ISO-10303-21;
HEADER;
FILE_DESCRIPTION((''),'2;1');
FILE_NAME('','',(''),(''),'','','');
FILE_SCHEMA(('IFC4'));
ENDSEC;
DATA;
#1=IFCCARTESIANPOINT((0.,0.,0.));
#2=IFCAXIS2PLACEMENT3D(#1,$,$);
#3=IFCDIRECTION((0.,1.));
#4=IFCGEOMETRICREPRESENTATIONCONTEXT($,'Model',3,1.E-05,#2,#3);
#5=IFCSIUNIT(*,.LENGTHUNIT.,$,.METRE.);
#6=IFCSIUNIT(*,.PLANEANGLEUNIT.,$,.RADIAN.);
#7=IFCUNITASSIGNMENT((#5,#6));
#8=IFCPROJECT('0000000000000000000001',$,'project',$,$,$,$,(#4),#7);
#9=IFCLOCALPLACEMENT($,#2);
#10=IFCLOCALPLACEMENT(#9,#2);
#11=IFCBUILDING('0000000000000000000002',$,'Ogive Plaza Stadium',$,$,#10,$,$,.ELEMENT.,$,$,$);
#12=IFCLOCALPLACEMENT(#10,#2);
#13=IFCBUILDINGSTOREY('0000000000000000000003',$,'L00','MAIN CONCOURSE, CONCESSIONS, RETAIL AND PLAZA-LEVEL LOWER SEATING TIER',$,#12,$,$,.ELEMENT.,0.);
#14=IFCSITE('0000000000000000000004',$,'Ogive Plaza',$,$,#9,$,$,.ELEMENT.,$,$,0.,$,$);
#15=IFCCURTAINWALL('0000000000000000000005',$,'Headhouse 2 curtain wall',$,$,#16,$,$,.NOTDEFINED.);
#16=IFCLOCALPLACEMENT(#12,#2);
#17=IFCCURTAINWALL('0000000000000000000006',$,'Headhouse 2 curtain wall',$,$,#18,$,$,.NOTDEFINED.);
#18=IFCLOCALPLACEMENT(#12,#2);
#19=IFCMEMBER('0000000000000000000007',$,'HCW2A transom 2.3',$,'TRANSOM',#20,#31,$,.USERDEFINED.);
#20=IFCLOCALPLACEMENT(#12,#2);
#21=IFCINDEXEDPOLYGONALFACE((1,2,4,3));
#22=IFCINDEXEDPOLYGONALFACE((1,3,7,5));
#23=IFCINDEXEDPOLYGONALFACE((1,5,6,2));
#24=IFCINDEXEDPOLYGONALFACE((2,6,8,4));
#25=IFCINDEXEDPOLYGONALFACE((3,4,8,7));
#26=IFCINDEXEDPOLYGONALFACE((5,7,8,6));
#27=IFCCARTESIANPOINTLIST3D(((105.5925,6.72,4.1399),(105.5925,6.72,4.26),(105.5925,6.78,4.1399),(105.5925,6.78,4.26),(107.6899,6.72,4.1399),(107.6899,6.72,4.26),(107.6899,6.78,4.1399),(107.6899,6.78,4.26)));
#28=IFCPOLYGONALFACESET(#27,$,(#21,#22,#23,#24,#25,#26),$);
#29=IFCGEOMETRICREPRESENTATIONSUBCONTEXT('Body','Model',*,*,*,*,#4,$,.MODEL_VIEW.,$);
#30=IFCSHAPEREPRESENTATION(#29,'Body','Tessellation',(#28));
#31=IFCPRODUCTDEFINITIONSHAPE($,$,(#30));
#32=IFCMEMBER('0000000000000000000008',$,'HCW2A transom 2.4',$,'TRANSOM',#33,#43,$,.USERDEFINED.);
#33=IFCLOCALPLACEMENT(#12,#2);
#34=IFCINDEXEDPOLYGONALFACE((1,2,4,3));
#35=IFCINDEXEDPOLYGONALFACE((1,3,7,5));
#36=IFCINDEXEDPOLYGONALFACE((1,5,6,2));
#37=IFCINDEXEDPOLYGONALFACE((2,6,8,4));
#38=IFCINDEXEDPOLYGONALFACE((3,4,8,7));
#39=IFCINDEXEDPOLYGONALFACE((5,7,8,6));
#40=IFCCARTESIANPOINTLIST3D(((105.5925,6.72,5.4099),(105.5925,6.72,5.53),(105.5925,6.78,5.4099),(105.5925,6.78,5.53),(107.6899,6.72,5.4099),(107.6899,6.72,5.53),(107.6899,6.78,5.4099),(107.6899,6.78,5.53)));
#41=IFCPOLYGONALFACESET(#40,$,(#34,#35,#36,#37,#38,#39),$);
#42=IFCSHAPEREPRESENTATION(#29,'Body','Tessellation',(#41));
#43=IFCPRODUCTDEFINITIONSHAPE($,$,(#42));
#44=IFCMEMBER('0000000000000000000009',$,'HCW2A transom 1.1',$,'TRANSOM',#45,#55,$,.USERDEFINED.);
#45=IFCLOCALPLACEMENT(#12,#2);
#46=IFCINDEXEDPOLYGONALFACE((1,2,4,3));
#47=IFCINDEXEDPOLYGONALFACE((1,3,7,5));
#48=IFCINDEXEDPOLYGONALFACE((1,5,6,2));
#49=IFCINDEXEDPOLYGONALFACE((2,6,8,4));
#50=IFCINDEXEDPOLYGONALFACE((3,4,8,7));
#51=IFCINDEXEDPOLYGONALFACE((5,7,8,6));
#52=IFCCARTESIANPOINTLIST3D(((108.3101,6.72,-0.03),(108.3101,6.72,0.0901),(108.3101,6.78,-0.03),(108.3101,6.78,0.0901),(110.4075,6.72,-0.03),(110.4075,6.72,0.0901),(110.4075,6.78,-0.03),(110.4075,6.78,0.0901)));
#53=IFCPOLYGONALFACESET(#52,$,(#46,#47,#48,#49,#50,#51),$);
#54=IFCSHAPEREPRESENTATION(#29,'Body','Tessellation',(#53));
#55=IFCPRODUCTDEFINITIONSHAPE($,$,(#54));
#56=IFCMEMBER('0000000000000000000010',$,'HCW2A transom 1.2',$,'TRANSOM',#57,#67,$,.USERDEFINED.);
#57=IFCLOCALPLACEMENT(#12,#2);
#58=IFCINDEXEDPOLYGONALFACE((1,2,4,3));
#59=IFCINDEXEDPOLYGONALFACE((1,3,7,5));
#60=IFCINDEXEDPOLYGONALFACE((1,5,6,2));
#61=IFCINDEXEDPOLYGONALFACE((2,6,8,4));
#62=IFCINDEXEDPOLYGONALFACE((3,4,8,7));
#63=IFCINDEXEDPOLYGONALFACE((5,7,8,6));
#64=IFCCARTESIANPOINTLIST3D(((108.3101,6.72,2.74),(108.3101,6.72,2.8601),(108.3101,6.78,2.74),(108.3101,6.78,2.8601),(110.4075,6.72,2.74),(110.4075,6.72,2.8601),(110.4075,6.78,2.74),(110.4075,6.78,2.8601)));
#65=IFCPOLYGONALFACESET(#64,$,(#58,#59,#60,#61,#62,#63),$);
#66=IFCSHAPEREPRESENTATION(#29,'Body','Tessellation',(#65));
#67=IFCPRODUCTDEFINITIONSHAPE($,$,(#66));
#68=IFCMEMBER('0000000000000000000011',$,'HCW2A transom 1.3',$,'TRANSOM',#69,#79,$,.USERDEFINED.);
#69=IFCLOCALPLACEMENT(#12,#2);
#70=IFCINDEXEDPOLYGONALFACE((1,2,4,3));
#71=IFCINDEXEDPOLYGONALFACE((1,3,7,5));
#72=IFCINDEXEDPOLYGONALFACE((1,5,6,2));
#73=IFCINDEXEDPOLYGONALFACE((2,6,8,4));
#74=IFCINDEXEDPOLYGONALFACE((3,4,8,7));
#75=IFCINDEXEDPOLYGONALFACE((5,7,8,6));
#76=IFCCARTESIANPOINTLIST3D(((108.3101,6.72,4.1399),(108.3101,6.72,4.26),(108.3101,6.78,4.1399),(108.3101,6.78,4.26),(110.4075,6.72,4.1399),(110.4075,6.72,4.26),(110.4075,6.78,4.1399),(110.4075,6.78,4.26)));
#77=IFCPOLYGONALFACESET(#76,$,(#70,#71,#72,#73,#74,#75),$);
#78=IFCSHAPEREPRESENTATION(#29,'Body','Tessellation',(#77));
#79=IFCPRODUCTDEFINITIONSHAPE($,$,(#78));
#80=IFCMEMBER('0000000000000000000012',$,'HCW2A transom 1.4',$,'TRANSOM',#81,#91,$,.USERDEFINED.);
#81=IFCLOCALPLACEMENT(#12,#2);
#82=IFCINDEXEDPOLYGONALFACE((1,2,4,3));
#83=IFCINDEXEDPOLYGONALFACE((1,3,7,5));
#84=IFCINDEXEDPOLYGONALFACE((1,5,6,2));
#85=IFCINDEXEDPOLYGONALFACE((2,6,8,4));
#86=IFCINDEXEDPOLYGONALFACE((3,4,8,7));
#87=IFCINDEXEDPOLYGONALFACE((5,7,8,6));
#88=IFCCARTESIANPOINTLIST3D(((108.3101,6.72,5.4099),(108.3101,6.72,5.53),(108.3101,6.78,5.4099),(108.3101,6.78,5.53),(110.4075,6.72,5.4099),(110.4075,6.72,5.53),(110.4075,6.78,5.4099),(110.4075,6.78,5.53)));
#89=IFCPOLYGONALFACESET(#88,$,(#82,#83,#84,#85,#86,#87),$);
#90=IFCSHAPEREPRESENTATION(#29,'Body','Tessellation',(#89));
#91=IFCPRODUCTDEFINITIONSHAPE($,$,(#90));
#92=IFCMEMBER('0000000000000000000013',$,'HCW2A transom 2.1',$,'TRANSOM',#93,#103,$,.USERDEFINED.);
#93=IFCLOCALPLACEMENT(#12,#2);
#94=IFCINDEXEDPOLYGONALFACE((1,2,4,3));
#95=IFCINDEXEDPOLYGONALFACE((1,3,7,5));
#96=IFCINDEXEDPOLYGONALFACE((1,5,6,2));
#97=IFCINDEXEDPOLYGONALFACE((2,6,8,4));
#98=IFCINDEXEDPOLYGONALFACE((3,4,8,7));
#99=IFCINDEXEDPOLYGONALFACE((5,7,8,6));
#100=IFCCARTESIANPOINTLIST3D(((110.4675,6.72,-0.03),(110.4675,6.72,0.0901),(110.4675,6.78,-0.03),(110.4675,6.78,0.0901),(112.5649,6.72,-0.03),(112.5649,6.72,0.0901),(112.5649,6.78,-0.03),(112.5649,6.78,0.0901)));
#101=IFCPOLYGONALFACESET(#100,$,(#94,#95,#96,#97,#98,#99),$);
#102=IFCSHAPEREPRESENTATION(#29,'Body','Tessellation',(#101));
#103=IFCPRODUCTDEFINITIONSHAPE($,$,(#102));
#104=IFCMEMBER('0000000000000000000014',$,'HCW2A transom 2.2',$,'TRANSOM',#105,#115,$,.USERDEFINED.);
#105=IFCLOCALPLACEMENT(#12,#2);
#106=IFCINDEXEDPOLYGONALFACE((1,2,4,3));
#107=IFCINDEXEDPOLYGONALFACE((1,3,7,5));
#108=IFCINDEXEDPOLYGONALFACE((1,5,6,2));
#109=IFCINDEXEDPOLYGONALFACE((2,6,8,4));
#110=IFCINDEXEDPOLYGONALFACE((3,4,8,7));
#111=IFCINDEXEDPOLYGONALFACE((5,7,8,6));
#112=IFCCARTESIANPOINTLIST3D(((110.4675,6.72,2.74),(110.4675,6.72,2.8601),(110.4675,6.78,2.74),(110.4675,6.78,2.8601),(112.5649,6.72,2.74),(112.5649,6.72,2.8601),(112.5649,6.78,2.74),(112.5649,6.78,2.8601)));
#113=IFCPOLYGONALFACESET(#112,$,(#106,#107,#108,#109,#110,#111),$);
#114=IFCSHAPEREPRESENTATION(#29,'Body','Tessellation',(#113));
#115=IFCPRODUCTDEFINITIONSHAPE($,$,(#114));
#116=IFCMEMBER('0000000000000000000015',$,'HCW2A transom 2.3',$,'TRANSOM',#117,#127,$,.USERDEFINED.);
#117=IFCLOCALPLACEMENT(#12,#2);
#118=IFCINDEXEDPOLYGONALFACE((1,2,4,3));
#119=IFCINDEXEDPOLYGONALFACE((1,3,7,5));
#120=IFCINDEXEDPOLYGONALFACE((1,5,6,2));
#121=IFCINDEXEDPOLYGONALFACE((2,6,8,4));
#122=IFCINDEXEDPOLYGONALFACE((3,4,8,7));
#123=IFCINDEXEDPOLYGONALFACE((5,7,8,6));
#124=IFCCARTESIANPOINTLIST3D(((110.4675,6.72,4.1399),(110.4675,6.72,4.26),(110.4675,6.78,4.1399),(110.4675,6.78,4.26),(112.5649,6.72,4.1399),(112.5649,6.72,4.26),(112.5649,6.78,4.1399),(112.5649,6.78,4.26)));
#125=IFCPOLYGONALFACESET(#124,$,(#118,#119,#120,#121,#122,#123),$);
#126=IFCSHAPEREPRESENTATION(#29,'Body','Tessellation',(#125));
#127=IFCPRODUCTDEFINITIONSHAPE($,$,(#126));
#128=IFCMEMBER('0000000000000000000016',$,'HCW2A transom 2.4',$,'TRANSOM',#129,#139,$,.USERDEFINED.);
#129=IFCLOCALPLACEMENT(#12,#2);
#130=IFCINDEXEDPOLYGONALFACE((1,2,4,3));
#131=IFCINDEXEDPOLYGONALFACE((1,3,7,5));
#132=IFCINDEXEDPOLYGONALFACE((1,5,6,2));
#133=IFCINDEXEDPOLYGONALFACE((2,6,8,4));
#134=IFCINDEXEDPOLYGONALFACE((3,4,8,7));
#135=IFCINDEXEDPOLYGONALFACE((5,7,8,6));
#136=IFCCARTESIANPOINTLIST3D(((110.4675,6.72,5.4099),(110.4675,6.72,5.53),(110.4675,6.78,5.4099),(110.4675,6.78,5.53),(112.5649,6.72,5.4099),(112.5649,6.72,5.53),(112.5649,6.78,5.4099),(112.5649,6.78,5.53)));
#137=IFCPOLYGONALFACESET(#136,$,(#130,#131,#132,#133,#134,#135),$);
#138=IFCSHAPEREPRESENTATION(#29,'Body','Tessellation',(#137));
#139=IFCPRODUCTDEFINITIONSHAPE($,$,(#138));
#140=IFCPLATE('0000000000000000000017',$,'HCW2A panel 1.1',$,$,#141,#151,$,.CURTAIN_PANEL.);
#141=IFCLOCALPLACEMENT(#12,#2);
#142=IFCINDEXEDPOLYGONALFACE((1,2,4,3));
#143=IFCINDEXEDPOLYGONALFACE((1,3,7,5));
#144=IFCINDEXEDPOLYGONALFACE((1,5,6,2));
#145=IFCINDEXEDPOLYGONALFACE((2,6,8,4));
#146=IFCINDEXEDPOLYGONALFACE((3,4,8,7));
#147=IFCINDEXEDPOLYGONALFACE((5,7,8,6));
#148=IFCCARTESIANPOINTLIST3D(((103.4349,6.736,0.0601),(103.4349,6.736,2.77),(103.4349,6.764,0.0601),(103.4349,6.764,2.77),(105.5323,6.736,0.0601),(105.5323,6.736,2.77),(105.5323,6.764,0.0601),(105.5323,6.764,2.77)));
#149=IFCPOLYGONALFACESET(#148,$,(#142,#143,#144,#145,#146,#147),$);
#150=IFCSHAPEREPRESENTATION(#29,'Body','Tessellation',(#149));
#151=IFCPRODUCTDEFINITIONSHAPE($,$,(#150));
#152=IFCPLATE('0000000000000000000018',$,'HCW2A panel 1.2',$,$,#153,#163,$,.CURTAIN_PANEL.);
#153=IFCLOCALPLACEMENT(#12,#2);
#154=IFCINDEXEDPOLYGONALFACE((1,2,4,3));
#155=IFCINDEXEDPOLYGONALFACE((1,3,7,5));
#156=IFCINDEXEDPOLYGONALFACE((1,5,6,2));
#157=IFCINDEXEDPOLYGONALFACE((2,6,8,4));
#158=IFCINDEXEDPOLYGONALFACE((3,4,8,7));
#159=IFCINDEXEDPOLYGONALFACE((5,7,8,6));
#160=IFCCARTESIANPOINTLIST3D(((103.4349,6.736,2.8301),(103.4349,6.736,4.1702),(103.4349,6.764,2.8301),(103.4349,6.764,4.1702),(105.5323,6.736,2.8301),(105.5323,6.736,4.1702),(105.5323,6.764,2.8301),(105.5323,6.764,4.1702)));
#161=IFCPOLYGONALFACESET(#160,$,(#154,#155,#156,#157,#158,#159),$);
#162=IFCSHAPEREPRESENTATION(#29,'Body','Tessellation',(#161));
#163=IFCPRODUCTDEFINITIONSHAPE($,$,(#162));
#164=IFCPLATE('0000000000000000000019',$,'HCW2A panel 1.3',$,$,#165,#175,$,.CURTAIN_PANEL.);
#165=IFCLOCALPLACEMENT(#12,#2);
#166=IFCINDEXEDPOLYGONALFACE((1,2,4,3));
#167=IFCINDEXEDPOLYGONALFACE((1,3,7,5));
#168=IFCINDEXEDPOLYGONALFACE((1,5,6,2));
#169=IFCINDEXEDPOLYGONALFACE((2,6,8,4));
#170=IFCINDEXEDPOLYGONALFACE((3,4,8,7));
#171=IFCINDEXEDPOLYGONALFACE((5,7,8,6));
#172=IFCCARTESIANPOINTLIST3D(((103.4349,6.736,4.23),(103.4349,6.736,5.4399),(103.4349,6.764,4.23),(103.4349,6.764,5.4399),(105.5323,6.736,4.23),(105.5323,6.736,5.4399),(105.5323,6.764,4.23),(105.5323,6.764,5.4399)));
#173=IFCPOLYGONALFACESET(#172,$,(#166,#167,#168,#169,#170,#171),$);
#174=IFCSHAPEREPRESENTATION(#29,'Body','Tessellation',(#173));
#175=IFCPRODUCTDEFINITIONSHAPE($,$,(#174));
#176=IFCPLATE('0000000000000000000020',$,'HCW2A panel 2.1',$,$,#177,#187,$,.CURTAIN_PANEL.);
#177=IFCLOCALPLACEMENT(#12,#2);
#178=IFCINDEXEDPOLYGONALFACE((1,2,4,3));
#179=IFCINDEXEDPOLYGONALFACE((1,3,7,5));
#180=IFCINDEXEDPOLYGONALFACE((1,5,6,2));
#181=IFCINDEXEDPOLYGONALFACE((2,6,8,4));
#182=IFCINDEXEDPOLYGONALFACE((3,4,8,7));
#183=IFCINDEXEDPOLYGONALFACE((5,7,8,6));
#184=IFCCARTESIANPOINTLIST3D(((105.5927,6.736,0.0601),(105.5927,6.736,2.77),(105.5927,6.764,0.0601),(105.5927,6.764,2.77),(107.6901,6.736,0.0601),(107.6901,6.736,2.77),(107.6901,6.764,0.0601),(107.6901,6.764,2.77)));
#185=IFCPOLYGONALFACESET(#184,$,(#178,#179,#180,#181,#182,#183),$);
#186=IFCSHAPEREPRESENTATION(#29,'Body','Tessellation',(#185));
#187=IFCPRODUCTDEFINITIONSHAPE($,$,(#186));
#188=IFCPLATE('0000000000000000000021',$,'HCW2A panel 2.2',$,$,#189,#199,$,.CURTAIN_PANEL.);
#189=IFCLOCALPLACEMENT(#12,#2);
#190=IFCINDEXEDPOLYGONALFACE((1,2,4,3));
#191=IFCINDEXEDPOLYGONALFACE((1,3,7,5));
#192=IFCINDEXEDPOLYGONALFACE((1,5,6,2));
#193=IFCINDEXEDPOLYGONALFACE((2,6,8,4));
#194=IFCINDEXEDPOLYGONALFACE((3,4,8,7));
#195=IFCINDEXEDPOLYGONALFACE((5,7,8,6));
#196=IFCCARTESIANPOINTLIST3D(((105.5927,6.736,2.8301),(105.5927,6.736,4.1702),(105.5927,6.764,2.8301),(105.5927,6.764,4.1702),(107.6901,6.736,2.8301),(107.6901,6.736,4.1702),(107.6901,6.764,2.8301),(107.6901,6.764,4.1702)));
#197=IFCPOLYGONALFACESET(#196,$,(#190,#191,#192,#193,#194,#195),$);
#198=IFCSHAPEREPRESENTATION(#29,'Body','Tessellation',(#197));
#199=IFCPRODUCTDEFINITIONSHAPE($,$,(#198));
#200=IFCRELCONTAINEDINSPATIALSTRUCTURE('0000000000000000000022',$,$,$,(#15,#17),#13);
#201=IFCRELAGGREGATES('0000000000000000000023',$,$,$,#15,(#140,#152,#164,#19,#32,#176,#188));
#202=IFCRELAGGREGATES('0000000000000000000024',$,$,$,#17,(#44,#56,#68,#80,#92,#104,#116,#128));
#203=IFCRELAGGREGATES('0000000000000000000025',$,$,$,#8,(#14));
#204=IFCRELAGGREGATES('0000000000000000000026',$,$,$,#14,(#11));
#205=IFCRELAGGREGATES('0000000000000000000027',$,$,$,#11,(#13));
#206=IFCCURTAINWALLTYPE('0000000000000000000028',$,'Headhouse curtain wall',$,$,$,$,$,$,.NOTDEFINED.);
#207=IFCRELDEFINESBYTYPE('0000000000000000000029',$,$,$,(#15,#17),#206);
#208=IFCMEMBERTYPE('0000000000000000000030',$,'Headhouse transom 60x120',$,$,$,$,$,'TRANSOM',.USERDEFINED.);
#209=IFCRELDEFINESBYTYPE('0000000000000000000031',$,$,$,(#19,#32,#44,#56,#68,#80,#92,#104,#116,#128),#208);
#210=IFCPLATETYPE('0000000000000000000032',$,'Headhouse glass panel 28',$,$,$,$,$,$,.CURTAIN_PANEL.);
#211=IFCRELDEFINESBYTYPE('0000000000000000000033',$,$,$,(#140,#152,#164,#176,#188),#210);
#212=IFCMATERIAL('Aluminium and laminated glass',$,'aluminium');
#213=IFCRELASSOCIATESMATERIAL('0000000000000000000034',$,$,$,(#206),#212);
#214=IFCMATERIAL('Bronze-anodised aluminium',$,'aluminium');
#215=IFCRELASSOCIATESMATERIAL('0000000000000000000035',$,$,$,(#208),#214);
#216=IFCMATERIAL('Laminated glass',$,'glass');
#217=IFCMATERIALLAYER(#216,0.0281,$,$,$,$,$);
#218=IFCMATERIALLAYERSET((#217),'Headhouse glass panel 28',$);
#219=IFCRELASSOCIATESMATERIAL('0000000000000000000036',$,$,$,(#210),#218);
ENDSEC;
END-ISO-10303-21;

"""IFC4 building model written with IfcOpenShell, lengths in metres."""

from ifc_helpers import new_model, si_unit, direction, frame, origin, origin_2d, place, context, subcontext, project, spatial, rectangle, extrude, material, layer, layer_set, material_profile, profile_set, type_object, element, aggregate, save


model = new_model("IFC4")

# Units and contexts
model_context = context("Model", 3, precision=1e-05, world=origin(), true_north=direction((0.0, 1.0)))
body_context = subcontext(model_context, "Body", "Model", "MODEL_VIEW")
ifc_project = project(units=[si_unit("LENGTHUNIT", "METRE"), si_unit("PLANEANGLEUNIT", "RADIAN")], contexts=[model_context])

# Site, building, storey
site_placement = place(None, origin())
site = spatial("IfcSite", under=ifc_project, at=site_placement, Name="Ogive Plaza", CompositionType="ELEMENT", RefElevation=0.0)
building_placement = place(site_placement, origin())
building = spatial("IfcBuilding", under=site, at=building_placement, Name="Ogive Plaza Stadium", CompositionType="ELEMENT")
storey_placement = place(building_placement, origin())
storey = spatial("IfcBuildingStorey", under=building, at=storey_placement, Name="L00", Description="MAIN CONCOURSE, CONCESSIONS, RETAIL AND PLAZA-LEVEL LOWER SEATING TIER", CompositionType="ELEMENT", Elevation=0.0)

# Curtain walls
ifc_material_1 = material(Name="Aluminium and laminated glass", Category="aluminium")
curtain_wall_type = type_object("IfcCurtainWallType", Name="Headhouse curtain wall", PredefinedType="NOTDEFINED", material=ifc_material_1)
curtain_wall_1_placement = place(storey_placement, origin())
curtain_wall_1 = element("IfcCurtainWall", 1, at=curtain_wall_1_placement, inside=storey, type_object=curtain_wall_type, Name="Headhouse 2 curtain wall", PredefinedType="NOTDEFINED")
curtain_wall_2_placement = place(storey_placement, origin())
curtain_wall_2 = element("IfcCurtainWall", 2, at=curtain_wall_2_placement, inside=storey, type_object=curtain_wall_type, Name="Headhouse 2 curtain wall", PredefinedType="NOTDEFINED")

# Members
ifc_material_2 = material(Name="Bronze-anodised aluminium", Category="aluminium")
ifc_material_profile_1 = material_profile(ifc_material_2, rectangle(XDim=0.0601, YDim=0.1201, at=origin_2d()), Name="Headhouse transom 60x120")
ifc_profile_set_1 = profile_set([ifc_material_profile_1], Name="Bronze-anodised aluminium")
member_type_1 = type_object("IfcMemberType", Name="Headhouse transom 60x120", ElementType="TRANSOM", PredefinedType="USERDEFINED", material=ifc_profile_set_1)
member_1_placement = place(storey_placement, frame((105.5925, 6.75, 4.2), z_axis=(1.0, 0.0, 0.0), x_axis=(0.0, 1.0, 0.0)))
member_1 = element("IfcMember", 3, at=member_1_placement, type_object=member_type_1, Name="HCW2A transom 2.3", ObjectType="TRANSOM", PredefinedType="USERDEFINED", context=body_context, shape_type="SweptSolid", body=[
    extrude(rectangle(XDim=0.0601, YDim=0.1201, at=origin_2d()), origin(), (0.0, 0.0, 1.0), 2.0974),
])
member_2_placement = place(storey_placement, frame((105.5925, 6.75, 5.47), z_axis=(1.0, 0.0, 0.0), x_axis=(0.0, 1.0, 0.0)))
member_2 = element("IfcMember", 4, at=member_2_placement, type_object=member_type_1, Name="HCW2A transom 2.4", ObjectType="TRANSOM", PredefinedType="USERDEFINED", context=body_context, shape_type="SweptSolid", body=[
    extrude(rectangle(XDim=0.0601, YDim=0.1201, at=origin_2d()), origin(), (0.0, 0.0, 1.0), 2.0974),
])
member_3_placement = place(storey_placement, frame((108.3101, 6.75, 0.03), z_axis=(1.0, 0.0, 0.0), x_axis=(0.0, 1.0, 0.0)))
member_3 = element("IfcMember", 5, at=member_3_placement, type_object=member_type_1, Name="HCW2A transom 1.1", ObjectType="TRANSOM", PredefinedType="USERDEFINED", context=body_context, shape_type="SweptSolid", body=[
    extrude(rectangle(XDim=0.0601, YDim=0.1201, at=origin_2d()), origin(), (0.0, 0.0, 1.0), 2.0974),
])
member_4_placement = place(storey_placement, frame((108.3101, 6.75, 2.8), z_axis=(1.0, 0.0, 0.0), x_axis=(0.0, 1.0, 0.0)))
member_4 = element("IfcMember", 6, at=member_4_placement, type_object=member_type_1, Name="HCW2A transom 1.2", ObjectType="TRANSOM", PredefinedType="USERDEFINED", context=body_context, shape_type="SweptSolid", body=[
    extrude(rectangle(XDim=0.0601, YDim=0.1201, at=origin_2d()), origin(), (0.0, 0.0, 1.0), 2.0974),
])
member_5_placement = place(storey_placement, frame((108.3101, 6.75, 4.2), z_axis=(1.0, 0.0, 0.0), x_axis=(0.0, 1.0, 0.0)))
member_5 = element("IfcMember", 7, at=member_5_placement, type_object=member_type_1, Name="HCW2A transom 1.3", ObjectType="TRANSOM", PredefinedType="USERDEFINED", context=body_context, shape_type="SweptSolid", body=[
    extrude(rectangle(XDim=0.0601, YDim=0.1201, at=origin_2d()), origin(), (0.0, 0.0, 1.0), 2.0974),
])
member_6_placement = place(storey_placement, frame((108.3101, 6.75, 5.47), z_axis=(1.0, 0.0, 0.0), x_axis=(0.0, 1.0, 0.0)))
member_6 = element("IfcMember", 8, at=member_6_placement, type_object=member_type_1, Name="HCW2A transom 1.4", ObjectType="TRANSOM", PredefinedType="USERDEFINED", context=body_context, shape_type="SweptSolid", body=[
    extrude(rectangle(XDim=0.0601, YDim=0.1201, at=origin_2d()), origin(), (0.0, 0.0, 1.0), 2.0974),
])
member_7_placement = place(storey_placement, frame((110.4675, 6.75, 0.03), z_axis=(1.0, 0.0, 0.0), x_axis=(0.0, 1.0, 0.0)))
member_7 = element("IfcMember", 9, at=member_7_placement, type_object=member_type_1, Name="HCW2A transom 2.1", ObjectType="TRANSOM", PredefinedType="USERDEFINED", context=body_context, shape_type="SweptSolid", body=[
    extrude(rectangle(XDim=0.0601, YDim=0.1201, at=origin_2d()), origin(), (0.0, 0.0, 1.0), 2.0974),
])
member_8_placement = place(storey_placement, frame((110.4675, 6.75, 2.8), z_axis=(1.0, 0.0, 0.0), x_axis=(0.0, 1.0, 0.0)))
member_8 = element("IfcMember", 10, at=member_8_placement, type_object=member_type_1, Name="HCW2A transom 2.2", ObjectType="TRANSOM", PredefinedType="USERDEFINED", context=body_context, shape_type="SweptSolid", body=[
    extrude(rectangle(XDim=0.0601, YDim=0.1201, at=origin_2d()), origin(), (0.0, 0.0, 1.0), 2.0974),
])
member_9_placement = place(storey_placement, frame((110.4675, 6.75, 4.2), z_axis=(1.0, 0.0, 0.0), x_axis=(0.0, 1.0, 0.0)))
member_9 = element("IfcMember", 11, at=member_9_placement, type_object=member_type_1, Name="HCW2A transom 2.3", ObjectType="TRANSOM", PredefinedType="USERDEFINED", context=body_context, shape_type="SweptSolid", body=[
    extrude(rectangle(XDim=0.0601, YDim=0.1201, at=origin_2d()), origin(), (0.0, 0.0, 1.0), 2.0974),
])
member_10_placement = place(storey_placement, frame((110.4675, 6.75, 5.47), z_axis=(1.0, 0.0, 0.0), x_axis=(0.0, 1.0, 0.0)))
member_10 = element("IfcMember", 12, at=member_10_placement, type_object=member_type_1, Name="HCW2A transom 2.4", ObjectType="TRANSOM", PredefinedType="USERDEFINED", context=body_context, shape_type="SweptSolid", body=[
    extrude(rectangle(XDim=0.0601, YDim=0.1201, at=origin_2d()), origin(), (0.0, 0.0, 1.0), 2.0974),
])

# Plates
ifc_material_3 = material(Name="Laminated glass", Category="glass")
ifc_layer = layer(ifc_material_3, 0.0281)
ifc_layer_set = layer_set([ifc_layer], Name="Headhouse glass panel 28")
plate_type = type_object("IfcPlateType", Name="Headhouse glass panel 28", PredefinedType="CURTAIN_PANEL", material=ifc_layer_set)
plate_1_placement = place(storey_placement, frame((104.4836, 6.75, 0.0601), z_axis=(0.0, 0.0, 1.0), x_axis=(1.0, 0.0, 0.0)))
plate_1 = element("IfcPlate", 13, at=plate_1_placement, type_object=plate_type, Name="HCW2A panel 1.1", PredefinedType="CURTAIN_PANEL", context=body_context, shape_type="SweptSolid", body=[
    extrude(rectangle(XDim=2.0974, YDim=0.0281, at=origin_2d()), origin(), (0.0, 0.0, 1.0), 2.71),
])
plate_2_placement = place(storey_placement, frame((104.4836, 6.75, 2.8301), z_axis=(0.0, 0.0, 1.0), x_axis=(1.0, 0.0, 0.0)))
plate_2 = element("IfcPlate", 14, at=plate_2_placement, type_object=plate_type, Name="HCW2A panel 1.2", PredefinedType="CURTAIN_PANEL", context=body_context, shape_type="SweptSolid", body=[
    extrude(rectangle(XDim=2.0974, YDim=0.0281, at=origin_2d()), origin(), (0.0, 0.0, 1.0), 1.3401),
])
plate_3_placement = place(storey_placement, frame((104.4836, 6.75, 4.23), z_axis=(0.0, 0.0, 1.0), x_axis=(1.0, 0.0, 0.0)))
plate_3 = element("IfcPlate", 15, at=plate_3_placement, type_object=plate_type, Name="HCW2A panel 1.3", PredefinedType="CURTAIN_PANEL", context=body_context, shape_type="SweptSolid", body=[
    extrude(rectangle(XDim=2.0974, YDim=0.0281, at=origin_2d()), origin(), (0.0, 0.0, 1.0), 1.21),
])
plate_4_placement = place(storey_placement, frame((106.6414, 6.75, 0.0601), z_axis=(0.0, 0.0, 1.0), x_axis=(1.0, 0.0, 0.0)))
plate_4 = element("IfcPlate", 16, at=plate_4_placement, type_object=plate_type, Name="HCW2A panel 2.1", PredefinedType="CURTAIN_PANEL", context=body_context, shape_type="SweptSolid", body=[
    extrude(rectangle(XDim=2.0974, YDim=0.0281, at=origin_2d()), origin(), (0.0, 0.0, 1.0), 2.71),
])
plate_5_placement = place(storey_placement, frame((106.6414, 6.75, 2.8301), z_axis=(0.0, 0.0, 1.0), x_axis=(1.0, 0.0, 0.0)))
plate_5 = element("IfcPlate", 17, at=plate_5_placement, type_object=plate_type, Name="HCW2A panel 2.2", PredefinedType="CURTAIN_PANEL", context=body_context, shape_type="SweptSolid", body=[
    extrude(rectangle(XDim=2.0974, YDim=0.0281, at=origin_2d()), origin(), (0.0, 0.0, 1.0), 1.3401),
])
aggregate(curtain_wall_1, [plate_1, plate_2, plate_3, member_1, member_2, plate_4, plate_5])
aggregate(curtain_wall_2, [member_3, member_4, member_5, member_6, member_7, member_8, member_9, member_10])

save(model, "model.ifc")
